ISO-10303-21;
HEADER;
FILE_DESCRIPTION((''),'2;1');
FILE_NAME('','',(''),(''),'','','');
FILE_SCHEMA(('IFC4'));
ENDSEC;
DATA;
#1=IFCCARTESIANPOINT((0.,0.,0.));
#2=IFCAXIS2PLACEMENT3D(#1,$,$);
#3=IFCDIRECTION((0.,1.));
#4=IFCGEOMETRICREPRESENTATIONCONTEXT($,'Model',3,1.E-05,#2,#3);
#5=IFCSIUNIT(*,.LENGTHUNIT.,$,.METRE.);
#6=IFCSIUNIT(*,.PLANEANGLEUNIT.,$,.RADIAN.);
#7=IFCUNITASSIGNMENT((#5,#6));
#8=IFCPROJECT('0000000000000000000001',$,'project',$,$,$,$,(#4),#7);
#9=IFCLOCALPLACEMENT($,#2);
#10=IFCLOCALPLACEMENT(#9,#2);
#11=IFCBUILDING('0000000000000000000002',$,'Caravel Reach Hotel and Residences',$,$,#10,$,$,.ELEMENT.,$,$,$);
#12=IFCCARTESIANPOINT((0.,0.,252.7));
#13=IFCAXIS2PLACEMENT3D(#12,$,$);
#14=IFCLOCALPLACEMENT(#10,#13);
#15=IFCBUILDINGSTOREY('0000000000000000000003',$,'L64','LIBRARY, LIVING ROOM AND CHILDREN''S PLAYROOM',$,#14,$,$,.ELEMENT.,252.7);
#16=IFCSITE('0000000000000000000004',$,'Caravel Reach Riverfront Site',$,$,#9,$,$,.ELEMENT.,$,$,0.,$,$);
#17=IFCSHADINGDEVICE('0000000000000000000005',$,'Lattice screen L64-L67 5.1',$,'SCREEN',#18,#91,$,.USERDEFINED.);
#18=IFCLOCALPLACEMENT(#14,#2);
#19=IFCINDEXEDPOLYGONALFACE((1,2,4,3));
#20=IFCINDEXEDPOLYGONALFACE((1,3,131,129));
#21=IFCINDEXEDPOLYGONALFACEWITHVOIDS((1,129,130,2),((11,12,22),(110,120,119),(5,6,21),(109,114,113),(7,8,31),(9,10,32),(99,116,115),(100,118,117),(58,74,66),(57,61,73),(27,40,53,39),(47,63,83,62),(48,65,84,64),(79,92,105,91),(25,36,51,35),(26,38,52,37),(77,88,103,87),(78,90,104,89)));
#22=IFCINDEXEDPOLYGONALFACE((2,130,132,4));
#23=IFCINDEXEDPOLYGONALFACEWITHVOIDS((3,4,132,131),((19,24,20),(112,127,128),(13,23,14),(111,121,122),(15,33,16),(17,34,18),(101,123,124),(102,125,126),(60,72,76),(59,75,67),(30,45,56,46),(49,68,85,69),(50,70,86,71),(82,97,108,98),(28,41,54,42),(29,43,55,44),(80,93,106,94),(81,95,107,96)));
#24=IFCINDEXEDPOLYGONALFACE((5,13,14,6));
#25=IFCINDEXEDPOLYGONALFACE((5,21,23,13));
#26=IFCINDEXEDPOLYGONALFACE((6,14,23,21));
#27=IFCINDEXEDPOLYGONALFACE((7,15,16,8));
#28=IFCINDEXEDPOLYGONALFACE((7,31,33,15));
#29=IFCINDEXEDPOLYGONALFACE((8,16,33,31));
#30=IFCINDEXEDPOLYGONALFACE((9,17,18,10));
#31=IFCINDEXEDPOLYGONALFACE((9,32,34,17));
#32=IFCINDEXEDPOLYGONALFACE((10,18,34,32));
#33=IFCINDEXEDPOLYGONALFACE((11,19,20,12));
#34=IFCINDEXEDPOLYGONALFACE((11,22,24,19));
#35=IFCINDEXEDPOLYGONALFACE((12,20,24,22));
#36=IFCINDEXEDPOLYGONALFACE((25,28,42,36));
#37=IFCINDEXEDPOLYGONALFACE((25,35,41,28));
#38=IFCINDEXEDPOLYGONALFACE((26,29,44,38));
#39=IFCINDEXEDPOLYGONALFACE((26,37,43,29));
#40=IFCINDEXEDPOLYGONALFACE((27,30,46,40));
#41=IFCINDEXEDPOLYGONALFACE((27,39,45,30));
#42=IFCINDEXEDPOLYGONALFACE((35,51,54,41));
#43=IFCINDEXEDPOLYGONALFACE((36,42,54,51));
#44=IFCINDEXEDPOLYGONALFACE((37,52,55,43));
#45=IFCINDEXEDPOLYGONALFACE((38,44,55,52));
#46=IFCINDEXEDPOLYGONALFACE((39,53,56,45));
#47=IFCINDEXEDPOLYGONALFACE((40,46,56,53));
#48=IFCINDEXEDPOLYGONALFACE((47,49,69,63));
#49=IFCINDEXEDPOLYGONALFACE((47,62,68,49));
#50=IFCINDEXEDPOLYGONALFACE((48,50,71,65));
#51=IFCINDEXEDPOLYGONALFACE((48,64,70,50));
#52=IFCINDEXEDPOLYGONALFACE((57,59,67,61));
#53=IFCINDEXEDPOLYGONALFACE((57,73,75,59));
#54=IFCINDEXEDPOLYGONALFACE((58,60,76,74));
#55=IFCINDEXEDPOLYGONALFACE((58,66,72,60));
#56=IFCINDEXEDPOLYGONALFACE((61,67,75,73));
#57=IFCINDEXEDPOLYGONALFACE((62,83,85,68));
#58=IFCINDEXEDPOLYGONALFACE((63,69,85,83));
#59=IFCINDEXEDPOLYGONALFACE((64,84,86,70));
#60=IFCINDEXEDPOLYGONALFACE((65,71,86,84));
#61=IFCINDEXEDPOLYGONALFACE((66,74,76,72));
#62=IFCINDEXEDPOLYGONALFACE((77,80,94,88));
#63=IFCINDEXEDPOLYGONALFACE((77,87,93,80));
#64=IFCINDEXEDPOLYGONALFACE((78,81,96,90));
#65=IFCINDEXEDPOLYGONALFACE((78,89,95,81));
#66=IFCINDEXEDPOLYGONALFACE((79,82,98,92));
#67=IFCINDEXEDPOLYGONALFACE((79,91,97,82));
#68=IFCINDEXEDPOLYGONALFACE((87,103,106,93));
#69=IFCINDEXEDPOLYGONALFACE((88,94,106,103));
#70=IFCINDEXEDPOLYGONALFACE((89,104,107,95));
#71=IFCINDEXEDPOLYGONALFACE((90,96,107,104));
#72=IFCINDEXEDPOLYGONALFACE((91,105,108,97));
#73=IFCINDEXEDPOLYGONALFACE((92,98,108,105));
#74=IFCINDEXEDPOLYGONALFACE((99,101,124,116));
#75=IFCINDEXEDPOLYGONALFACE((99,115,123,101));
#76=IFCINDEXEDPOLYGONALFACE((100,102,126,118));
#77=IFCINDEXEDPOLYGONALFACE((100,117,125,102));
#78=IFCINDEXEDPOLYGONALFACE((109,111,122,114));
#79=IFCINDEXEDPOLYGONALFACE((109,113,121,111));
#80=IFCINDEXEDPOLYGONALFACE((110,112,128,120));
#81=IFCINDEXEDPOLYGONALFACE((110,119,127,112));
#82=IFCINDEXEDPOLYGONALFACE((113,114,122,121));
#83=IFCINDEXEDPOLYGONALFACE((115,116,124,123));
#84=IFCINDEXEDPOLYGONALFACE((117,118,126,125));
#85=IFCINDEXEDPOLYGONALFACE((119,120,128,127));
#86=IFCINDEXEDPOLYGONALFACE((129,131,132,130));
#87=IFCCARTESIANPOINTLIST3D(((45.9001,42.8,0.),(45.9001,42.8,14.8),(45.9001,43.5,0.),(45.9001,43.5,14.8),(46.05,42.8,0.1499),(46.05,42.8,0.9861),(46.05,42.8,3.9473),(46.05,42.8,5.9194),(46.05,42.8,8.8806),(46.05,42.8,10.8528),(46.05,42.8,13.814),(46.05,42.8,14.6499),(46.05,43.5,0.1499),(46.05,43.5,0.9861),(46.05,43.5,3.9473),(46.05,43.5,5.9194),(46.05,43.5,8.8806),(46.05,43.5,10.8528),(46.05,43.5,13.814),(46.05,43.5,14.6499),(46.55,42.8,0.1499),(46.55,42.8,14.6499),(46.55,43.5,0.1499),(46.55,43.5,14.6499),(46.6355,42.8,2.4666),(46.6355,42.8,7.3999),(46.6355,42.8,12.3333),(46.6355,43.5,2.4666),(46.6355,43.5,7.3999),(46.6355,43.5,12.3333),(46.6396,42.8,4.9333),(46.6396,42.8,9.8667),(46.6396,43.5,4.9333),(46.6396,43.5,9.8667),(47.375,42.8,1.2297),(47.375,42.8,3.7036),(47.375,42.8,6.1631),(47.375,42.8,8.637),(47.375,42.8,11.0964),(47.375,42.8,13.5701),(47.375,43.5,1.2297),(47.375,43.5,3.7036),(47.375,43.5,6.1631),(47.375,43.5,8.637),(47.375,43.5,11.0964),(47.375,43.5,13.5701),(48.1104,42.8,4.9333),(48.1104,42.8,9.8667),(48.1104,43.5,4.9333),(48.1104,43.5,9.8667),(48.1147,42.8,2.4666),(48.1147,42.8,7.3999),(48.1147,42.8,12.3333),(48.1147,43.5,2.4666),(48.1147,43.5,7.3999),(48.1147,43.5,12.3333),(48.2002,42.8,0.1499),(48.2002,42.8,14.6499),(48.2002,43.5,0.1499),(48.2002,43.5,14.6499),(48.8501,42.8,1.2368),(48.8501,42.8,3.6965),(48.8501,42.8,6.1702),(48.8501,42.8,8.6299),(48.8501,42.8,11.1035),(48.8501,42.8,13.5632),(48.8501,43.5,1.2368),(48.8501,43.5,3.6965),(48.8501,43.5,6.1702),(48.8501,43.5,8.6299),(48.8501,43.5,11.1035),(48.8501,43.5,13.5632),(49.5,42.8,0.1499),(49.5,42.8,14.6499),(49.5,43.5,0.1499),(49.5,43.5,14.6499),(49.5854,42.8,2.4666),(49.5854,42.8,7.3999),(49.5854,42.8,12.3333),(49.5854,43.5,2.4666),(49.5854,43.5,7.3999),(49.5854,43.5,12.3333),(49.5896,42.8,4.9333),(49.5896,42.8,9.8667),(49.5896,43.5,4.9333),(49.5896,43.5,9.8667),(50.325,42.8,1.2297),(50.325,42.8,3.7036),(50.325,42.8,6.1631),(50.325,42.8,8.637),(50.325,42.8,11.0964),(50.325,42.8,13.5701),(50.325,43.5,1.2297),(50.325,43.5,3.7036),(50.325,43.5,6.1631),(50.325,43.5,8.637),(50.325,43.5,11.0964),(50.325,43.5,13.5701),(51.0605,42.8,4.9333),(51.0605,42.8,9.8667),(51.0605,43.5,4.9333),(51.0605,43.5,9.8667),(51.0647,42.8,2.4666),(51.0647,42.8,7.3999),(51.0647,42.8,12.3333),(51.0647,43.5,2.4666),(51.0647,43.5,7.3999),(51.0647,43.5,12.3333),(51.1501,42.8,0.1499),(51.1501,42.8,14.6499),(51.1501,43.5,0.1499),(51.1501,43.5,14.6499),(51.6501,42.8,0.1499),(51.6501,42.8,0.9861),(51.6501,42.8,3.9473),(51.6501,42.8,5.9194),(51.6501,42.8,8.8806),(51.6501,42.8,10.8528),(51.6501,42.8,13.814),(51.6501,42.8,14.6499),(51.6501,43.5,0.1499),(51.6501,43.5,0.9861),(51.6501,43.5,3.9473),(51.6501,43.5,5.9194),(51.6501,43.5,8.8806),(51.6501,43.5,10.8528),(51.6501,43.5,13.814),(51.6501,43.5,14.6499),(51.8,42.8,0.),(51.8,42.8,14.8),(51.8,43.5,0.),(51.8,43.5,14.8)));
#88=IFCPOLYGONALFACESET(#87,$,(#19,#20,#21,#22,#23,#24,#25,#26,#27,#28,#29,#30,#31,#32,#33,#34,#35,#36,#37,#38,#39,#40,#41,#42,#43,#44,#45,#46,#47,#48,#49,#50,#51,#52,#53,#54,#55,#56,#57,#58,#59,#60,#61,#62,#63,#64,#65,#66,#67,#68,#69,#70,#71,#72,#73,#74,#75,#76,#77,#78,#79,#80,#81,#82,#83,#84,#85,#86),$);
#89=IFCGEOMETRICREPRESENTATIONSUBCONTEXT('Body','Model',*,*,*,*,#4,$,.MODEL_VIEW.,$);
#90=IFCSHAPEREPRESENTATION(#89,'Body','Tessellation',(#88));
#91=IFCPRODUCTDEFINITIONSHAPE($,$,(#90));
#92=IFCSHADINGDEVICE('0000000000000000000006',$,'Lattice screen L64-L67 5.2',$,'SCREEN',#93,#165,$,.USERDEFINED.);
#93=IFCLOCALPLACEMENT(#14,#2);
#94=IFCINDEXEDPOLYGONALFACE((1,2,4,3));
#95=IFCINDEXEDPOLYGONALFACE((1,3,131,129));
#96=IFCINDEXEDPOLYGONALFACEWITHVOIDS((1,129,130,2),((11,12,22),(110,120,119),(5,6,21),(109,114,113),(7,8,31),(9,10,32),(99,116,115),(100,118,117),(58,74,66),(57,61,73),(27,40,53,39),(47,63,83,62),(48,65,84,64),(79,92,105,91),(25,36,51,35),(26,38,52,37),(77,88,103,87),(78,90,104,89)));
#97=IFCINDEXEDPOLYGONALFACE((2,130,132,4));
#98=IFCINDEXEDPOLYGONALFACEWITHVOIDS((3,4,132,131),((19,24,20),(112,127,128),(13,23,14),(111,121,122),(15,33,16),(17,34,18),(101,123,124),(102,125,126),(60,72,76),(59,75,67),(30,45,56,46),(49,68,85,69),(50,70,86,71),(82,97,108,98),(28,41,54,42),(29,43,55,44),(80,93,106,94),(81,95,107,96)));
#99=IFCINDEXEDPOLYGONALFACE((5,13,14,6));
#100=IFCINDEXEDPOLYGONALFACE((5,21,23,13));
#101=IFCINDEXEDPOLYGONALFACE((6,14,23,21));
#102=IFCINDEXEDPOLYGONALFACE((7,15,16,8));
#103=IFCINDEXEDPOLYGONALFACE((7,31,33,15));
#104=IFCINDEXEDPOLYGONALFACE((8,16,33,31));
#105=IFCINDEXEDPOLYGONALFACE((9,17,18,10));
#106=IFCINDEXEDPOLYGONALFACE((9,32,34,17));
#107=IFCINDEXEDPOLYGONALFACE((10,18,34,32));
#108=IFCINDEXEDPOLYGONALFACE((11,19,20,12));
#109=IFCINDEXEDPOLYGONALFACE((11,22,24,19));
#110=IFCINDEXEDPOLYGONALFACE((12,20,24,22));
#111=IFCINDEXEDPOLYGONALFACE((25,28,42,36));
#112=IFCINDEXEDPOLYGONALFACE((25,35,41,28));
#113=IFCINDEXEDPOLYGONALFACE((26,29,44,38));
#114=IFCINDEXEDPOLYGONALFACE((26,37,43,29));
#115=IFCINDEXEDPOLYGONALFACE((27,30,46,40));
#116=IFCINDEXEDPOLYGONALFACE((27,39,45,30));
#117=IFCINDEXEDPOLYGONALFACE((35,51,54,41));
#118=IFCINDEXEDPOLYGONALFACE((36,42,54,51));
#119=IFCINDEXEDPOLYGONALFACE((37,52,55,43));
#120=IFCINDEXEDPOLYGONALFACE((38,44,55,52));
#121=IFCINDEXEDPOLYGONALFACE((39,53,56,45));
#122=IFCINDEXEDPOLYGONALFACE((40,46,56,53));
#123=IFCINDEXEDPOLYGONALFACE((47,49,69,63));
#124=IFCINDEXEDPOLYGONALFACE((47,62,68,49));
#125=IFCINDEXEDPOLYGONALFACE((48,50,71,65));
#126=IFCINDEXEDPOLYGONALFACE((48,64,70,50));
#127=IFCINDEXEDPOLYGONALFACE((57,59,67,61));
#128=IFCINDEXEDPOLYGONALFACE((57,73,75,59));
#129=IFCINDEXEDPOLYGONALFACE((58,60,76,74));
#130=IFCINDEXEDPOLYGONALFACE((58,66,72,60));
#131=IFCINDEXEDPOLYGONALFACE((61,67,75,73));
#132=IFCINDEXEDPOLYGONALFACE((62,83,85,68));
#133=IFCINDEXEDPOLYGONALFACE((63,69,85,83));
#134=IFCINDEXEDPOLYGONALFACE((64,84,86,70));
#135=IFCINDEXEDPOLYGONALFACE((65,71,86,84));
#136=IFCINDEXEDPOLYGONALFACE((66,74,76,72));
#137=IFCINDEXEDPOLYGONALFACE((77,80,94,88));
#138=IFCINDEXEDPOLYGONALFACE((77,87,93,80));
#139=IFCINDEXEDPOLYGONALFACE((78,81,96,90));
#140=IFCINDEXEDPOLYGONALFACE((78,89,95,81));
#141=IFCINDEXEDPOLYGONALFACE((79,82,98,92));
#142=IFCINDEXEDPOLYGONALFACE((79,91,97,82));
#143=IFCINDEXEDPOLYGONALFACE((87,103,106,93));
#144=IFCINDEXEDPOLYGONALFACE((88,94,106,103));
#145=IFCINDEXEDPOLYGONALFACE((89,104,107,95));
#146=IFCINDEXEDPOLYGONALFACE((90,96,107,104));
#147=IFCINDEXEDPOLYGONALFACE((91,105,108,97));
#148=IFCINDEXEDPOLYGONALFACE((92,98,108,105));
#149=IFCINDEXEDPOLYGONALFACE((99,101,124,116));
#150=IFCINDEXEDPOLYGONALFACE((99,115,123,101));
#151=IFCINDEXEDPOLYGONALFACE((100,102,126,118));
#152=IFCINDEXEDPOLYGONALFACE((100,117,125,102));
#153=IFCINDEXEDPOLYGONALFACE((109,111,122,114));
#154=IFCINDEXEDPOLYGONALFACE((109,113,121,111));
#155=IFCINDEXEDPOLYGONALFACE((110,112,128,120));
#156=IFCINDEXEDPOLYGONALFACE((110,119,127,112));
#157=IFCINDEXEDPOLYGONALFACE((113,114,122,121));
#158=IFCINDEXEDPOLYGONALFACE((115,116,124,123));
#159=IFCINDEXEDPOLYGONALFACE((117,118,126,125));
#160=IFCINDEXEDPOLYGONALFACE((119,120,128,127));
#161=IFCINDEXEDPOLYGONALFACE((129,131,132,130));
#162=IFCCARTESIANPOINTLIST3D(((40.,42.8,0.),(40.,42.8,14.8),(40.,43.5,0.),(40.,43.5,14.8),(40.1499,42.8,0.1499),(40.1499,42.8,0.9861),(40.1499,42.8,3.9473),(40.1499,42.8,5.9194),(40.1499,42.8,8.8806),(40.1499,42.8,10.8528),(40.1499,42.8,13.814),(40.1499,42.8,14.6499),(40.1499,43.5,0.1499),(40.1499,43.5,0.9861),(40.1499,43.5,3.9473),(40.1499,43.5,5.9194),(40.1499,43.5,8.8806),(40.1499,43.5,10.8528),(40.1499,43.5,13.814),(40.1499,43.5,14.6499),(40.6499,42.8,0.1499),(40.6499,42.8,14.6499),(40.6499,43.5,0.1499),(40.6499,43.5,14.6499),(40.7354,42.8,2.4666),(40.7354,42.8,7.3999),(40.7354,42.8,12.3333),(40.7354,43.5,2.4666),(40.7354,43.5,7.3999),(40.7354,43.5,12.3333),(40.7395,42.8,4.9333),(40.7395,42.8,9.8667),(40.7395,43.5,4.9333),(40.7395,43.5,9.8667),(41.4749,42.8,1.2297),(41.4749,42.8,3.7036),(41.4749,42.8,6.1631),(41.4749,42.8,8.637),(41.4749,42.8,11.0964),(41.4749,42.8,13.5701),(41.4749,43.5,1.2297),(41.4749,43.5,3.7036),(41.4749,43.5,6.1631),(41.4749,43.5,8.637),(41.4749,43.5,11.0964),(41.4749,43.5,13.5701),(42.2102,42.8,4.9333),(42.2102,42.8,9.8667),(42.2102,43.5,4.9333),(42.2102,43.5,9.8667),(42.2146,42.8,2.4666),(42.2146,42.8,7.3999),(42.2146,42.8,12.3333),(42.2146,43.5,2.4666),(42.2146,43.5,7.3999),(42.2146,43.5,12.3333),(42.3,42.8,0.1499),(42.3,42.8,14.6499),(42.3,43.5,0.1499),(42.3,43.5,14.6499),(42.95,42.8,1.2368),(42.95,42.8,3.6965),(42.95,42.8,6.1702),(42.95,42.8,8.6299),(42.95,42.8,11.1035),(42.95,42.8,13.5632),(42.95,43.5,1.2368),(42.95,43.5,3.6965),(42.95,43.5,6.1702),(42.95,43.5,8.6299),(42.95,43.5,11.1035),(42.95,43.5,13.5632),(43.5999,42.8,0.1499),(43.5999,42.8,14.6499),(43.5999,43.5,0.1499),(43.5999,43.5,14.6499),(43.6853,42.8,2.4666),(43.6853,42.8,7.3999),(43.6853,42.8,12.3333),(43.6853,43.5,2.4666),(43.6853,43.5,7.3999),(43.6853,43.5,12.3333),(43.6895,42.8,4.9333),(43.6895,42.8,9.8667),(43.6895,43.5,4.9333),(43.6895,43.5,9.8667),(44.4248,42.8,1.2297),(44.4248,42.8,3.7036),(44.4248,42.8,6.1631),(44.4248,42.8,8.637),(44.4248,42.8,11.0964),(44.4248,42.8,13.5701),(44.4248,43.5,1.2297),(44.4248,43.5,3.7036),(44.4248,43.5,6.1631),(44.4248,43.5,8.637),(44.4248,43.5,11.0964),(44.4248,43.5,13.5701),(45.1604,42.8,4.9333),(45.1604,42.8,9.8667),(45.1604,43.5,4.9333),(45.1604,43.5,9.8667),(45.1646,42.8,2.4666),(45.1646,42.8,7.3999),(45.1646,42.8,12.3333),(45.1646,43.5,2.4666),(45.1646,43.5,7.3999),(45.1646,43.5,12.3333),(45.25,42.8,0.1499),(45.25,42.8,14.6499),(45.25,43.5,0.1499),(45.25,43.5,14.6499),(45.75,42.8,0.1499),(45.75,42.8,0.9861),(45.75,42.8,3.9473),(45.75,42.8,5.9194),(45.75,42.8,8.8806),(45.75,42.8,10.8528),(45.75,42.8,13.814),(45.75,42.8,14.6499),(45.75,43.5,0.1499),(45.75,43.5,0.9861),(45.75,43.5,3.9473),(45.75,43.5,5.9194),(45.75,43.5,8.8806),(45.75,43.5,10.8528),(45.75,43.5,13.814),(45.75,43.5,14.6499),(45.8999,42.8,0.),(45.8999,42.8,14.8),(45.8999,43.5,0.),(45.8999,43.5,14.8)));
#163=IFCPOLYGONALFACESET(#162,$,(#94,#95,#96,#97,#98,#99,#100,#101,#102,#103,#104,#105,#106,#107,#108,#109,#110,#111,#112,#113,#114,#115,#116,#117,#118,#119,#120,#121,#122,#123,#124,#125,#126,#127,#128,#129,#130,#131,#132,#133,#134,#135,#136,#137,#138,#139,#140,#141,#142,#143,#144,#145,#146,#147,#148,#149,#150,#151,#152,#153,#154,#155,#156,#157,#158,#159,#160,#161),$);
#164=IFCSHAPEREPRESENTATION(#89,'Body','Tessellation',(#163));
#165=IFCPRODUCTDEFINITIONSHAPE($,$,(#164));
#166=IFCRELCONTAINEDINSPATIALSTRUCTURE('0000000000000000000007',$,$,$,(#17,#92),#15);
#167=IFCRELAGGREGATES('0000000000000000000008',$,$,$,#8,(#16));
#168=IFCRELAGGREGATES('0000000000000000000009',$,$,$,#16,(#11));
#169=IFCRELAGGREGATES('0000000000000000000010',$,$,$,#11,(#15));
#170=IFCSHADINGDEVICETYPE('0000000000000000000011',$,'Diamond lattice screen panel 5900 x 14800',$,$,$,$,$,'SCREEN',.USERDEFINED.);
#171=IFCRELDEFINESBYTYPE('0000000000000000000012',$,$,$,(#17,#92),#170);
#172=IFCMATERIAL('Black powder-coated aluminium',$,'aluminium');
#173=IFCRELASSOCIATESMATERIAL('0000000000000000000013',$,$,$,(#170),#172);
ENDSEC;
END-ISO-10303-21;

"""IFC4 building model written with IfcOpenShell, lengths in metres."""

from ifc_helpers import new_model, si_unit, direction, frame, origin, place, context, subcontext, project, spatial, polyline, outline, extrude, material, type_object, element, save


model = new_model("IFC4")

# Units and contexts
model_context = context("Model", 3, precision=1e-05, world=origin(), true_north=direction((0.0, 1.0)))
body_context = subcontext(model_context, "Body", "Model", "MODEL_VIEW")
ifc_project = project(units=[si_unit("LENGTHUNIT", "METRE"), si_unit("PLANEANGLEUNIT", "RADIAN")], contexts=[model_context])

# Site, building, storey
site_placement = place(None, origin())
site = spatial("IfcSite", under=ifc_project, at=site_placement, Name="Caravel Reach Riverfront Site", CompositionType="ELEMENT", RefElevation=0.0)
building_placement = place(site_placement, origin())
building = spatial("IfcBuilding", under=site, at=building_placement, Name="Caravel Reach Hotel and Residences", CompositionType="ELEMENT")
storey_placement = place(building_placement, frame((0.0, 0.0, 252.7)))
storey = spatial("IfcBuildingStorey", under=building, at=storey_placement, Name="L64", Description="LIBRARY, LIVING ROOM AND CHILDREN'S PLAYROOM", CompositionType="ELEMENT", Elevation=252.7)

# Shading devices
ifc_material_1 = material(Name="Black powder-coated aluminium", Category="aluminium")
shading_device_type_1 = type_object("IfcShadingDeviceType", Name="Diamond lattice screen panel 5900 x 14800", ElementType="SCREEN", PredefinedType="USERDEFINED", material=ifc_material_1)
shading_device_1_placement = place(storey_placement, frame((51.8, 42.8, 0.0), z_axis=(0.0, 1.0, 0.0), x_axis=(-1.0, 0.0, 0.0)))
element("IfcShadingDevice", 1, at=shading_device_1_placement, inside=storey, type_object=shading_device_type_1, Name="Lattice screen L64-L67 5.1", ObjectType="SCREEN", PredefinedType="USERDEFINED", context=body_context, shape_type="SweptSolid", body=[
    extrude(outline(polyline([(0.0, 0.0), (5.8999, 0.0), (5.8999, 14.8), (0.0, 14.8), (0.0, 0.0)]), holes=[polyline([(0.6499, 0.1499), (0.1499, 0.9861), (0.1499, 0.1499), (0.6499, 0.1499)]), polyline([(0.7395, 4.9333), (0.1499, 5.9194), (0.1499, 3.9473), (0.7395, 4.9333)]), polyline([(0.7395, 9.8667), (0.1499, 10.8528), (0.1499, 8.8806), (0.7395, 9.8667)]), polyline([(0.1499, 13.814), (0.6499, 14.6499), (0.1499, 14.6499), (0.1499, 13.814)]), polyline([(1.4751, 3.7036), (0.7354, 2.4666), (1.4751, 1.2297), (2.2146, 2.4666), (1.4751, 3.7036)]), polyline([(1.4751, 8.637), (0.7354, 7.3999), (1.4751, 6.1631), (2.2146, 7.3999), (1.4751, 8.637)]), polyline([(1.4751, 13.5701), (0.7354, 12.3333), (1.4751, 11.0964), (2.2146, 12.3333), (1.4751, 13.5701)]), polyline([(2.95, 1.2368), (2.3, 0.1499), (3.5999, 0.1499), (2.95, 1.2368)]), polyline([(2.95, 6.1702), (2.2104, 4.9333), (2.95, 3.6965), (3.6897, 4.9333), (2.95, 6.1702)]), polyline([(2.95, 11.1035), (2.2104, 9.8667), (2.95, 8.6299), (3.6897, 9.8667), (2.95, 11.1035)]), polyline([(2.95, 13.5632), (3.5999, 14.6499), (2.3, 14.6499), (2.95, 13.5632)]), polyline([(4.425, 3.7036), (3.6853, 2.4666), (4.425, 1.2297), (5.1646, 2.4666), (4.425, 3.7036)]), polyline([(4.425, 8.637), (3.6853, 7.3999), (4.425, 6.1631), (5.1646, 7.3999), (4.425, 8.637)]), polyline([(4.425, 13.5701), (3.6853, 12.3333), (4.425, 11.0964), (5.1646, 12.3333), (4.425, 13.5701)]), polyline([(5.75, 0.9861), (5.25, 0.1499), (5.75, 0.1499), (5.75, 0.9861)]), polyline([(5.1604, 4.9333), (5.75, 3.9473), (5.75, 5.9194), (5.1604, 4.9333)]), polyline([(5.1604, 9.8667), (5.75, 8.8806), (5.75, 10.8528), (5.1604, 9.8667)]), polyline([(5.25, 14.6499), (5.75, 13.814), (5.75, 14.6499), (5.25, 14.6499)])]), origin(), (0.0, 0.0, 1.0), 0.7),
])
shading_device_2_placement = place(storey_placement, frame((45.8999, 42.8, 0.0), z_axis=(0.0, 1.0, 0.0), x_axis=(-1.0, 0.0, 0.0)))
element("IfcShadingDevice", 2, at=shading_device_2_placement, inside=storey, type_object=shading_device_type_1, Name="Lattice screen L64-L67 5.2", ObjectType="SCREEN", PredefinedType="USERDEFINED", context=body_context, shape_type="SweptSolid", body=[
    extrude(outline(polyline([(0.0, 0.0), (5.8999, 0.0), (5.8999, 14.8), (0.0, 14.8), (0.0, 0.0)]), holes=[polyline([(0.6499, 0.1499), (0.1499, 0.9861), (0.1499, 0.1499), (0.6499, 0.1499)]), polyline([(0.7395, 4.9333), (0.1499, 5.9194), (0.1499, 3.9473), (0.7395, 4.9333)]), polyline([(0.7395, 9.8667), (0.1499, 10.8528), (0.1499, 8.8806), (0.7395, 9.8667)]), polyline([(0.1499, 13.814), (0.6499, 14.6499), (0.1499, 14.6499), (0.1499, 13.814)]), polyline([(1.4751, 3.7036), (0.7354, 2.4666), (1.4751, 1.2297), (2.2146, 2.4666), (1.4751, 3.7036)]), polyline([(1.4751, 8.637), (0.7354, 7.3999), (1.4751, 6.1631), (2.2146, 7.3999), (1.4751, 8.637)]), polyline([(1.4751, 13.5701), (0.7354, 12.3333), (1.4751, 11.0964), (2.2146, 12.3333), (1.4751, 13.5701)]), polyline([(2.95, 1.2368), (2.3, 0.1499), (3.5999, 0.1499), (2.95, 1.2368)]), polyline([(2.95, 6.1702), (2.2104, 4.9333), (2.95, 3.6965), (3.6897, 4.9333), (2.95, 6.1702)]), polyline([(2.95, 11.1035), (2.2104, 9.8667), (2.95, 8.6299), (3.6897, 9.8667), (2.95, 11.1035)]), polyline([(2.95, 13.5632), (3.5999, 14.6499), (2.3, 14.6499), (2.95, 13.5632)]), polyline([(4.425, 3.7036), (3.6853, 2.4666), (4.425, 1.2297), (5.1646, 2.4666), (4.425, 3.7036)]), polyline([(4.425, 8.637), (3.6853, 7.3999), (4.425, 6.1631), (5.1646, 7.3999), (4.425, 8.637)]), polyline([(4.425, 13.5701), (3.6853, 12.3333), (4.425, 11.0964), (5.1646, 12.3333), (4.425, 13.5701)]), polyline([(5.75, 0.9861), (5.25, 0.1499), (5.75, 0.1499), (5.75, 0.9861)]), polyline([(5.1604, 4.9333), (5.75, 3.9473), (5.75, 5.9194), (5.1604, 4.9333)]), polyline([(5.1604, 9.8667), (5.75, 8.8806), (5.75, 10.8528), (5.1604, 9.8667)]), polyline([(5.25, 14.6499), (5.75, 13.814), (5.75, 14.6499), (5.25, 14.6499)])]), origin(), (0.0, 0.0, 1.0), 0.7),
])

save(model, "model.ifc")
